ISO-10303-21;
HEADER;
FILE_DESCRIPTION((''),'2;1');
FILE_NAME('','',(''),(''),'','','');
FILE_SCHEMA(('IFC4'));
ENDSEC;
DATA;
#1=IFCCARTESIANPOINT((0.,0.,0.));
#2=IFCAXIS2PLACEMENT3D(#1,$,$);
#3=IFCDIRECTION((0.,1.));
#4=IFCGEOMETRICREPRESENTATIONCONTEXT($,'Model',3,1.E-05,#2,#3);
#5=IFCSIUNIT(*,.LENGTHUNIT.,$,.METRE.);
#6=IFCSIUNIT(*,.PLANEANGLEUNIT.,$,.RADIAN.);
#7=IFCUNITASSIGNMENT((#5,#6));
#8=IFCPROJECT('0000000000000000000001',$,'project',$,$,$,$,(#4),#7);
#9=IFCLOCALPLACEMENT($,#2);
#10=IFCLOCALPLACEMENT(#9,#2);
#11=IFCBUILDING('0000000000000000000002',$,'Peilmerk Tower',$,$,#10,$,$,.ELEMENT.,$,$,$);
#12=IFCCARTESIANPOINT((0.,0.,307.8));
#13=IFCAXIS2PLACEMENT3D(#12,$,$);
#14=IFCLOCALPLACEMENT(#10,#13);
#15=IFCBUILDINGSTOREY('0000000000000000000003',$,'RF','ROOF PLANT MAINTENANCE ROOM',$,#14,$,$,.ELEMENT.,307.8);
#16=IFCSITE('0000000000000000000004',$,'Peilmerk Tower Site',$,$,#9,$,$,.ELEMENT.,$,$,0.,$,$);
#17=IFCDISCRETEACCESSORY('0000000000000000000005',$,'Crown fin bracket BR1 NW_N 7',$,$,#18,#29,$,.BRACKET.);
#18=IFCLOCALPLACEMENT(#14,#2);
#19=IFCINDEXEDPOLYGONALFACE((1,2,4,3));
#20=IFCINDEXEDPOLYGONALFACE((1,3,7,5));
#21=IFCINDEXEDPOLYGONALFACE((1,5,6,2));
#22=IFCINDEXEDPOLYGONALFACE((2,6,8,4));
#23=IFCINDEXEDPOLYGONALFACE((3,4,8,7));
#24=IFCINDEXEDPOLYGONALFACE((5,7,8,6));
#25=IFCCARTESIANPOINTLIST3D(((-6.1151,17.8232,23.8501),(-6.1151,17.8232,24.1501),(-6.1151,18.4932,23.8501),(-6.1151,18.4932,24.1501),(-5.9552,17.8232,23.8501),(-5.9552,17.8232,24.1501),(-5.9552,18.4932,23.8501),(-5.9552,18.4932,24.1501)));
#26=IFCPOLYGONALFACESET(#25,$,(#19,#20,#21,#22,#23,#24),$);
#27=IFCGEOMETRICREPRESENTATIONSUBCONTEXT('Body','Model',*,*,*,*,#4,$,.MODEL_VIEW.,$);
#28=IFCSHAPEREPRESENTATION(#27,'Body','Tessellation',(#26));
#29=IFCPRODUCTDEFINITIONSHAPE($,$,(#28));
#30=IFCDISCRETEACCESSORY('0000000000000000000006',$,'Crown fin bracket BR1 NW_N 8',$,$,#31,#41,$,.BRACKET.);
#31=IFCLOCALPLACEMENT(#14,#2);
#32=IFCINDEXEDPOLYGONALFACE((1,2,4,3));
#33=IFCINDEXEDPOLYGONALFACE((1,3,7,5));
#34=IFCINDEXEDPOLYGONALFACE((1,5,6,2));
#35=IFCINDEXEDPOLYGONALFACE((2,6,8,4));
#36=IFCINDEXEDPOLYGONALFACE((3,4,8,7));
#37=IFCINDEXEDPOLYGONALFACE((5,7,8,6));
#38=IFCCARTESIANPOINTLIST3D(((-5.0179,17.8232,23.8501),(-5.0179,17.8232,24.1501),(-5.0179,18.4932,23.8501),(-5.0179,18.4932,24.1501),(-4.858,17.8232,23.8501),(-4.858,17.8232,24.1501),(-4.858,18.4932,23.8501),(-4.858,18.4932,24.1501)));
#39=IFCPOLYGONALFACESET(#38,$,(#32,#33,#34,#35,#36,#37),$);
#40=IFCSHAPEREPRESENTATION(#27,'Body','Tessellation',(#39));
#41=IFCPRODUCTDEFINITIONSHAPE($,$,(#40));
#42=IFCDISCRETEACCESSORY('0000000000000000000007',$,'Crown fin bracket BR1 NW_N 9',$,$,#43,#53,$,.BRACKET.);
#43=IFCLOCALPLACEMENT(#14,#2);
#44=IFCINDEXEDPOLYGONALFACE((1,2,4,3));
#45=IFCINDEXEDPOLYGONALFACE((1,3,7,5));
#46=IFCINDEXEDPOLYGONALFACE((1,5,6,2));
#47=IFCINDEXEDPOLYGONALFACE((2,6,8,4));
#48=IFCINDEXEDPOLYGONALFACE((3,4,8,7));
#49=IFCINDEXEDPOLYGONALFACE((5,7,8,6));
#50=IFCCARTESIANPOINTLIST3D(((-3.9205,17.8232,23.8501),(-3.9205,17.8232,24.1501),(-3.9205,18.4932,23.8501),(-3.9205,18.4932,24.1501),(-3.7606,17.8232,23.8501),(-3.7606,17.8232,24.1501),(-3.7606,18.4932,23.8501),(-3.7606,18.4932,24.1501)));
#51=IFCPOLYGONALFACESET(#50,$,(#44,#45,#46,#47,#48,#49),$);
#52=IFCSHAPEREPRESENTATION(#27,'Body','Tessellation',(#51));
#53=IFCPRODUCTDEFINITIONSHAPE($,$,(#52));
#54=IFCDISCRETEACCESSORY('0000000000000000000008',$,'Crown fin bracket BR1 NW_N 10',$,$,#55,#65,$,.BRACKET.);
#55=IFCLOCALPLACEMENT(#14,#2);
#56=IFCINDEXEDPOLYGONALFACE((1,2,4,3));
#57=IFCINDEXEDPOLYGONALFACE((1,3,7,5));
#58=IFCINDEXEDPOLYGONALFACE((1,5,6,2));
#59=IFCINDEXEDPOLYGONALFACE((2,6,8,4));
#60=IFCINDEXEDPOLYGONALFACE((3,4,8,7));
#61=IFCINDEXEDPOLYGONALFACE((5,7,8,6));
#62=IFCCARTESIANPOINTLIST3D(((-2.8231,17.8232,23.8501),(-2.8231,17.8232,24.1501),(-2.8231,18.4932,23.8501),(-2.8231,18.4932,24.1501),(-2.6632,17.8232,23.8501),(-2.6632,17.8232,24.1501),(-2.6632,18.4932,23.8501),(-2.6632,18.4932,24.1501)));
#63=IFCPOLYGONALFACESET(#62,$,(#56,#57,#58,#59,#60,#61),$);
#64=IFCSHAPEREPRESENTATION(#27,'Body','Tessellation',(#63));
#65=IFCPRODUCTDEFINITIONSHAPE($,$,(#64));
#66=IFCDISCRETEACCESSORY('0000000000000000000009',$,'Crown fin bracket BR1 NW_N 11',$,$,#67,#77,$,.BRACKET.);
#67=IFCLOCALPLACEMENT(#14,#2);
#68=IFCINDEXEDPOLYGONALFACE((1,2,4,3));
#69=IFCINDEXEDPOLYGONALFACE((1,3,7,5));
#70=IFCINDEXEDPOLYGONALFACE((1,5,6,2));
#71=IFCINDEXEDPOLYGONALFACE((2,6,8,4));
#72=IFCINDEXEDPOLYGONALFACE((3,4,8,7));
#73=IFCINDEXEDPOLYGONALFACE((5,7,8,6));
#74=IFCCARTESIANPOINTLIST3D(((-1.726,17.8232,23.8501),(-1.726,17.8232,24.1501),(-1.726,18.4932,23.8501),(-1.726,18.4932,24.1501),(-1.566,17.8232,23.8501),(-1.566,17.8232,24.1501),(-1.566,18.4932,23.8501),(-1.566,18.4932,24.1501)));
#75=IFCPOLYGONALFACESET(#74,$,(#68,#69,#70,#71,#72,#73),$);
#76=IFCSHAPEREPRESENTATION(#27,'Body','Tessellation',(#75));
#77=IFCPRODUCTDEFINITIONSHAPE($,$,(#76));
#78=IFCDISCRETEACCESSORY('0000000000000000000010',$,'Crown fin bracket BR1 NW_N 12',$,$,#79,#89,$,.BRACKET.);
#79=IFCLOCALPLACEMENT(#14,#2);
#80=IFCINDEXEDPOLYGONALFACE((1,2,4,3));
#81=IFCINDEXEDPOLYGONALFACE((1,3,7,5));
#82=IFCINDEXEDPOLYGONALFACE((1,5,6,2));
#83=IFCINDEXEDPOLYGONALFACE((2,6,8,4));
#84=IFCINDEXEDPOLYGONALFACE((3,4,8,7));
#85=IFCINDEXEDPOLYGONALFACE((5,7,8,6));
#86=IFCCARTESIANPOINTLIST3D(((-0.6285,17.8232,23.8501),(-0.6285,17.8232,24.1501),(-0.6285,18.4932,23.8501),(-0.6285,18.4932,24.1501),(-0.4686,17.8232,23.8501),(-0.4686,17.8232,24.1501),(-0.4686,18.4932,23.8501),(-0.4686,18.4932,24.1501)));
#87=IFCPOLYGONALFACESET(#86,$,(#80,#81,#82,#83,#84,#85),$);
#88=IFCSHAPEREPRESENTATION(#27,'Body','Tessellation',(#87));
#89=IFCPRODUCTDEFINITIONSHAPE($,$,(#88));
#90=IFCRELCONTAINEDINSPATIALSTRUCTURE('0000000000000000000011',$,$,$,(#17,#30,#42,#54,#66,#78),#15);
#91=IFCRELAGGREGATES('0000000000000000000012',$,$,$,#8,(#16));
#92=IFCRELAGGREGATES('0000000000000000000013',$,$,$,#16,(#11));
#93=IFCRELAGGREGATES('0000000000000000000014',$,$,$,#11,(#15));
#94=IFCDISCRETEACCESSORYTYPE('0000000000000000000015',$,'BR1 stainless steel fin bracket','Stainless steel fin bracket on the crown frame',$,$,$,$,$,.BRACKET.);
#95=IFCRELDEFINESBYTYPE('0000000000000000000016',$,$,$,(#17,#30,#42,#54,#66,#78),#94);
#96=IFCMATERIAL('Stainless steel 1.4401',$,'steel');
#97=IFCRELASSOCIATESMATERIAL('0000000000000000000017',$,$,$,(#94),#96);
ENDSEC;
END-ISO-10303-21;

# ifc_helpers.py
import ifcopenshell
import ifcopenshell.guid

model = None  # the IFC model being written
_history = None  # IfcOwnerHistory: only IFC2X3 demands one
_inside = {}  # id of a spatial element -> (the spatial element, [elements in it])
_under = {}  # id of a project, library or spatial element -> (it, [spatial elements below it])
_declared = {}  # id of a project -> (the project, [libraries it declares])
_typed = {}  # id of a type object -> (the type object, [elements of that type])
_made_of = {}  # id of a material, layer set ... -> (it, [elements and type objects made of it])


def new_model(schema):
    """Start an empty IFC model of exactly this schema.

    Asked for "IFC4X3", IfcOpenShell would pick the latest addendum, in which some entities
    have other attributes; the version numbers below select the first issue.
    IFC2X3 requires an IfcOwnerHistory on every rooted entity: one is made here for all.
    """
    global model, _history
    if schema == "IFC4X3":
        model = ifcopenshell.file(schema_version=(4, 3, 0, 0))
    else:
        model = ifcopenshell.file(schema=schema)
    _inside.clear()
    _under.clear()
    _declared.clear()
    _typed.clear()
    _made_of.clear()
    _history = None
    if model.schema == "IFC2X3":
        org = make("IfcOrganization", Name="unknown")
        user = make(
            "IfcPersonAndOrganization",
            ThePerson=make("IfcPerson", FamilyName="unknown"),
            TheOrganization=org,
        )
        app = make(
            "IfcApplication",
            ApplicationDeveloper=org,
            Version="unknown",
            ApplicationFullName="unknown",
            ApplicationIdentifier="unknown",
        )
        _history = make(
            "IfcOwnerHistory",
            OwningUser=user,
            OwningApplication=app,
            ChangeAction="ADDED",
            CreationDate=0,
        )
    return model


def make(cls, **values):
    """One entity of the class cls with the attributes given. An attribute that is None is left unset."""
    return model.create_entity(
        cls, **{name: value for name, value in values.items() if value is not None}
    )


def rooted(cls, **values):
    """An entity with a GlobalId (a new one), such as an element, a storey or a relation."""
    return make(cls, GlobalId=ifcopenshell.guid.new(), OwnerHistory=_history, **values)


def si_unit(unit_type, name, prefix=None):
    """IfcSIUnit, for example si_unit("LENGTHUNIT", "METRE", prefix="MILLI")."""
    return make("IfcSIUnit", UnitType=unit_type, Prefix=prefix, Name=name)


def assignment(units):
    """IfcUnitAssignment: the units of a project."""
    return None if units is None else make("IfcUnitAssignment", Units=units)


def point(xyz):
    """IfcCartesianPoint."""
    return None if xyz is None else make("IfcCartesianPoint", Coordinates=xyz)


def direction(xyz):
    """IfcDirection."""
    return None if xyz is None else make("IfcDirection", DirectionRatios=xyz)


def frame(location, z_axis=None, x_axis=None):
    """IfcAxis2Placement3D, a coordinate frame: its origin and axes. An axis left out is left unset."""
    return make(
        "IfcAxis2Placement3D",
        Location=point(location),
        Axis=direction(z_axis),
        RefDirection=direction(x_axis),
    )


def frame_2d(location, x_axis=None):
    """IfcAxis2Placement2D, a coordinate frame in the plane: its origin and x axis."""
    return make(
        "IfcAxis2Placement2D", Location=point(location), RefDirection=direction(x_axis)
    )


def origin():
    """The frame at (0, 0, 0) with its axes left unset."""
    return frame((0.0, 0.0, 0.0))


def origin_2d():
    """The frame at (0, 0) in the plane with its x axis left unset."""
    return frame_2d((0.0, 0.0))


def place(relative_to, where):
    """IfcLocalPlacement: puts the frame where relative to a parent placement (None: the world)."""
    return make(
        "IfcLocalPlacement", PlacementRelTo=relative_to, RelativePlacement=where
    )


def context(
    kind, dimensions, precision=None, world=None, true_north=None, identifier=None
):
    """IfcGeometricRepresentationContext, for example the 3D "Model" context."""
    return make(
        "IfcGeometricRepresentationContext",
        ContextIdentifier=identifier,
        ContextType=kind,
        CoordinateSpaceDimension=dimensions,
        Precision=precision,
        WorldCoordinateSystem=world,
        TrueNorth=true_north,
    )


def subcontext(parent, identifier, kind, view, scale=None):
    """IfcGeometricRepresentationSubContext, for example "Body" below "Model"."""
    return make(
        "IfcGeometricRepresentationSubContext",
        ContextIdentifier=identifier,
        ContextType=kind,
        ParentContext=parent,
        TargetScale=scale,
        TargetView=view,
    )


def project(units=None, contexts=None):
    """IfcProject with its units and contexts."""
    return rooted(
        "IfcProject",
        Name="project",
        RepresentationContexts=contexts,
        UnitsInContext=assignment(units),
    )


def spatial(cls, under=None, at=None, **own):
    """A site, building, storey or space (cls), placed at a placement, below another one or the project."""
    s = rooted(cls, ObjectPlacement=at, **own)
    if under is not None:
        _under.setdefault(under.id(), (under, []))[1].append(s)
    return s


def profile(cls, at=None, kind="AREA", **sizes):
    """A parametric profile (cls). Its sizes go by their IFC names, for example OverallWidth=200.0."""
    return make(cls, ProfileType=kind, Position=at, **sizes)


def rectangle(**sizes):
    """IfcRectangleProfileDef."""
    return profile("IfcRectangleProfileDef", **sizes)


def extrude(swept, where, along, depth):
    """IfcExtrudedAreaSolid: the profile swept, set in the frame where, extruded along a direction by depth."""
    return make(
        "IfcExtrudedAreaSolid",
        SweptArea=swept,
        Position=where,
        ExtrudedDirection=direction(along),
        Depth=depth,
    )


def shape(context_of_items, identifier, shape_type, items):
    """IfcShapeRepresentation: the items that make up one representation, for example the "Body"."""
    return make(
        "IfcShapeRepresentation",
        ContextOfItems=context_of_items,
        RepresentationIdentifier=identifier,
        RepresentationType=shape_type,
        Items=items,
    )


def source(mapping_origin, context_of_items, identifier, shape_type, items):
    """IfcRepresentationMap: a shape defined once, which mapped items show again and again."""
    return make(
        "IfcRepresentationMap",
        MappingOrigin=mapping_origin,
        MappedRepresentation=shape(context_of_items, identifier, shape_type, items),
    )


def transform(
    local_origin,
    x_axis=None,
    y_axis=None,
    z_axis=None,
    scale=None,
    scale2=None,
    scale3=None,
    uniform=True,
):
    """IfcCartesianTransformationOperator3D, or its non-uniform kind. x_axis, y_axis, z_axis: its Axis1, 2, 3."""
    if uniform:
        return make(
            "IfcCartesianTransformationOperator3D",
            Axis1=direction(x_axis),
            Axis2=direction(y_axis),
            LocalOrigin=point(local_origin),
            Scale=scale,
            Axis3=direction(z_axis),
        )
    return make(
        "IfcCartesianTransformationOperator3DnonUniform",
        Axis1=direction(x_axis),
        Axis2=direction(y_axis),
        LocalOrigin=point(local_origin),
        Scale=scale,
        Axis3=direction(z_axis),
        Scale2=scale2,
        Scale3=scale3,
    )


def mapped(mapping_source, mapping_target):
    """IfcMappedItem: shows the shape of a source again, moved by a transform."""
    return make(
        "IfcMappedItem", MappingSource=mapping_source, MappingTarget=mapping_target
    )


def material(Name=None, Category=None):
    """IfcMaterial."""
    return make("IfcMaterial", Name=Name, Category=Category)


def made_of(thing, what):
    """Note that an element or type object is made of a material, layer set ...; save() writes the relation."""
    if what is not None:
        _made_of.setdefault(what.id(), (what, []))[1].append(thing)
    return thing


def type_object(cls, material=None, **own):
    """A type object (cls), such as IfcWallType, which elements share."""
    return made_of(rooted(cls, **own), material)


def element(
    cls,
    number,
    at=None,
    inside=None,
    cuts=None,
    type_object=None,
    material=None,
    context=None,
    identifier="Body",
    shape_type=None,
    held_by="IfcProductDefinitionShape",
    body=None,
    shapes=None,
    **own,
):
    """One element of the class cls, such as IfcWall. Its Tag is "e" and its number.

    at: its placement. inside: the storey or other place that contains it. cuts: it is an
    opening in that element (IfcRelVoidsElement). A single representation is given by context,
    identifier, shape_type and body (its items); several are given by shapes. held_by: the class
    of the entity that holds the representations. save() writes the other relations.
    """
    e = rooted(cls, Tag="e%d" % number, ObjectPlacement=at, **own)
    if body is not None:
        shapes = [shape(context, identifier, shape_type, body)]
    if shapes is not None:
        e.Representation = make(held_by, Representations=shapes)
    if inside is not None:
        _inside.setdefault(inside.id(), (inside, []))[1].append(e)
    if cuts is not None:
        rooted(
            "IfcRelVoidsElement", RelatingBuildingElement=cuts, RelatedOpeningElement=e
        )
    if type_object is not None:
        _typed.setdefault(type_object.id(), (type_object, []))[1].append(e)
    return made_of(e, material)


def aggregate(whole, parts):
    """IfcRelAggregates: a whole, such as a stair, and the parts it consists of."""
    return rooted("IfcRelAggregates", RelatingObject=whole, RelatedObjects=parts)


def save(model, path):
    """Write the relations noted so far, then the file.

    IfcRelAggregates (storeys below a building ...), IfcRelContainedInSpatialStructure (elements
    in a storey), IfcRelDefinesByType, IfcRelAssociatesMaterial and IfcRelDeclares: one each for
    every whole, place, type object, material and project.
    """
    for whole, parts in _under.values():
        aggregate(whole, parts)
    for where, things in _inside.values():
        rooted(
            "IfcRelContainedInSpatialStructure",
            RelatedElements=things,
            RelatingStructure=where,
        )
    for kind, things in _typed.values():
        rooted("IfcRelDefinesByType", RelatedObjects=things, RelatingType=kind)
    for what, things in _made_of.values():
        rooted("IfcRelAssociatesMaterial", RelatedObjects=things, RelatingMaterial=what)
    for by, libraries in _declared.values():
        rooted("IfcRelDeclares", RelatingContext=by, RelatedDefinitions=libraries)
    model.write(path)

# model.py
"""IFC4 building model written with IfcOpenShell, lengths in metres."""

from ifc_helpers import new_model, si_unit, direction, frame, origin, origin_2d, place, context, subcontext, project, spatial, rectangle, extrude, source, transform, mapped, material, type_object, element, save


model = new_model("IFC4")

# Units and contexts
model_context = context("Model", 3, precision=1e-05, world=origin(), true_north=direction((0.0, 1.0)))
body_context = subcontext(model_context, "Body", "Model", "MODEL_VIEW")
ifc_project = project(units=[si_unit("LENGTHUNIT", "METRE"), si_unit("PLANEANGLEUNIT", "RADIAN")], contexts=[model_context])

# Site, building, storey
site_placement = place(None, origin())
site = spatial("IfcSite", under=ifc_project, at=site_placement, Name="Peilmerk Tower Site", CompositionType="ELEMENT", RefElevation=0.0)
building_placement = place(site_placement, origin())
building = spatial("IfcBuilding", under=site, at=building_placement, Name="Peilmerk Tower", CompositionType="ELEMENT")
storey_placement = place(building_placement, frame((0.0, 0.0, 307.8)))
storey = spatial("IfcBuildingStorey", under=building, at=storey_placement, Name="RF", Description="ROOF PLANT MAINTENANCE ROOM", CompositionType="ELEMENT", Elevation=307.8)

# Discrete accessories
ifc_material_1 = material(Name="Stainless steel 1.4401", Category="steel")
discrete_accessory_type = type_object("IfcDiscreteAccessoryType", Name="BR1 stainless steel fin bracket", Description="Stainless steel fin bracket on the crown frame", PredefinedType="BRACKET", material=ifc_material_1)
shared_shape_1 = source(origin(), body_context, "Body", "SweptSolid", [
    extrude(rectangle(XDim=0.6699, YDim=0.1599, at=origin_2d()), origin(), (0.0, 0.0, 1.0), 0.3),
])
for number, where, z_axis, x_axis, name in (
    (1, (-6.0352, 18.1582, 23.8501), (0.0, 0.0, 1.0), (0.0, 1.0, 0.0), "Crown fin bracket BR1 NW_N 7"),
    (2, (-4.938, 18.1582, 23.8501), (0.0, 0.0, 1.0), (0.0, 1.0, 0.0), "Crown fin bracket BR1 NW_N 8"),
    (3, (-3.8406, 18.1582, 23.8501), (0.0, 0.0, 1.0), (0.0, 1.0, 0.0), "Crown fin bracket BR1 NW_N 9"),
    (4, (-2.7432, 18.1582, 23.8501), (0.0, 0.0, 1.0), (0.0, 1.0, 0.0), "Crown fin bracket BR1 NW_N 10"),
    (5, (-1.646, 18.1582, 23.8501), (0.0, 0.0, 1.0), (0.0, 1.0, 0.0), "Crown fin bracket BR1 NW_N 11"),
    (6, (-0.5486, 18.1582, 23.8501), (0.0, 0.0, 1.0), (0.0, 1.0, 0.0), "Crown fin bracket BR1 NW_N 12"),
):
    element("IfcDiscreteAccessory", number, at=place(storey_placement, frame(where, z_axis=z_axis, x_axis=x_axis)), inside=storey, type_object=discrete_accessory_type, Name=name, PredefinedType="BRACKET", context=body_context, shape_type="MappedRepresentation", body=[
        mapped(shared_shape_1, transform((0.0, 0.0, 0.0), scale=1.0)),
    ])

save(model, "model.ifc")
